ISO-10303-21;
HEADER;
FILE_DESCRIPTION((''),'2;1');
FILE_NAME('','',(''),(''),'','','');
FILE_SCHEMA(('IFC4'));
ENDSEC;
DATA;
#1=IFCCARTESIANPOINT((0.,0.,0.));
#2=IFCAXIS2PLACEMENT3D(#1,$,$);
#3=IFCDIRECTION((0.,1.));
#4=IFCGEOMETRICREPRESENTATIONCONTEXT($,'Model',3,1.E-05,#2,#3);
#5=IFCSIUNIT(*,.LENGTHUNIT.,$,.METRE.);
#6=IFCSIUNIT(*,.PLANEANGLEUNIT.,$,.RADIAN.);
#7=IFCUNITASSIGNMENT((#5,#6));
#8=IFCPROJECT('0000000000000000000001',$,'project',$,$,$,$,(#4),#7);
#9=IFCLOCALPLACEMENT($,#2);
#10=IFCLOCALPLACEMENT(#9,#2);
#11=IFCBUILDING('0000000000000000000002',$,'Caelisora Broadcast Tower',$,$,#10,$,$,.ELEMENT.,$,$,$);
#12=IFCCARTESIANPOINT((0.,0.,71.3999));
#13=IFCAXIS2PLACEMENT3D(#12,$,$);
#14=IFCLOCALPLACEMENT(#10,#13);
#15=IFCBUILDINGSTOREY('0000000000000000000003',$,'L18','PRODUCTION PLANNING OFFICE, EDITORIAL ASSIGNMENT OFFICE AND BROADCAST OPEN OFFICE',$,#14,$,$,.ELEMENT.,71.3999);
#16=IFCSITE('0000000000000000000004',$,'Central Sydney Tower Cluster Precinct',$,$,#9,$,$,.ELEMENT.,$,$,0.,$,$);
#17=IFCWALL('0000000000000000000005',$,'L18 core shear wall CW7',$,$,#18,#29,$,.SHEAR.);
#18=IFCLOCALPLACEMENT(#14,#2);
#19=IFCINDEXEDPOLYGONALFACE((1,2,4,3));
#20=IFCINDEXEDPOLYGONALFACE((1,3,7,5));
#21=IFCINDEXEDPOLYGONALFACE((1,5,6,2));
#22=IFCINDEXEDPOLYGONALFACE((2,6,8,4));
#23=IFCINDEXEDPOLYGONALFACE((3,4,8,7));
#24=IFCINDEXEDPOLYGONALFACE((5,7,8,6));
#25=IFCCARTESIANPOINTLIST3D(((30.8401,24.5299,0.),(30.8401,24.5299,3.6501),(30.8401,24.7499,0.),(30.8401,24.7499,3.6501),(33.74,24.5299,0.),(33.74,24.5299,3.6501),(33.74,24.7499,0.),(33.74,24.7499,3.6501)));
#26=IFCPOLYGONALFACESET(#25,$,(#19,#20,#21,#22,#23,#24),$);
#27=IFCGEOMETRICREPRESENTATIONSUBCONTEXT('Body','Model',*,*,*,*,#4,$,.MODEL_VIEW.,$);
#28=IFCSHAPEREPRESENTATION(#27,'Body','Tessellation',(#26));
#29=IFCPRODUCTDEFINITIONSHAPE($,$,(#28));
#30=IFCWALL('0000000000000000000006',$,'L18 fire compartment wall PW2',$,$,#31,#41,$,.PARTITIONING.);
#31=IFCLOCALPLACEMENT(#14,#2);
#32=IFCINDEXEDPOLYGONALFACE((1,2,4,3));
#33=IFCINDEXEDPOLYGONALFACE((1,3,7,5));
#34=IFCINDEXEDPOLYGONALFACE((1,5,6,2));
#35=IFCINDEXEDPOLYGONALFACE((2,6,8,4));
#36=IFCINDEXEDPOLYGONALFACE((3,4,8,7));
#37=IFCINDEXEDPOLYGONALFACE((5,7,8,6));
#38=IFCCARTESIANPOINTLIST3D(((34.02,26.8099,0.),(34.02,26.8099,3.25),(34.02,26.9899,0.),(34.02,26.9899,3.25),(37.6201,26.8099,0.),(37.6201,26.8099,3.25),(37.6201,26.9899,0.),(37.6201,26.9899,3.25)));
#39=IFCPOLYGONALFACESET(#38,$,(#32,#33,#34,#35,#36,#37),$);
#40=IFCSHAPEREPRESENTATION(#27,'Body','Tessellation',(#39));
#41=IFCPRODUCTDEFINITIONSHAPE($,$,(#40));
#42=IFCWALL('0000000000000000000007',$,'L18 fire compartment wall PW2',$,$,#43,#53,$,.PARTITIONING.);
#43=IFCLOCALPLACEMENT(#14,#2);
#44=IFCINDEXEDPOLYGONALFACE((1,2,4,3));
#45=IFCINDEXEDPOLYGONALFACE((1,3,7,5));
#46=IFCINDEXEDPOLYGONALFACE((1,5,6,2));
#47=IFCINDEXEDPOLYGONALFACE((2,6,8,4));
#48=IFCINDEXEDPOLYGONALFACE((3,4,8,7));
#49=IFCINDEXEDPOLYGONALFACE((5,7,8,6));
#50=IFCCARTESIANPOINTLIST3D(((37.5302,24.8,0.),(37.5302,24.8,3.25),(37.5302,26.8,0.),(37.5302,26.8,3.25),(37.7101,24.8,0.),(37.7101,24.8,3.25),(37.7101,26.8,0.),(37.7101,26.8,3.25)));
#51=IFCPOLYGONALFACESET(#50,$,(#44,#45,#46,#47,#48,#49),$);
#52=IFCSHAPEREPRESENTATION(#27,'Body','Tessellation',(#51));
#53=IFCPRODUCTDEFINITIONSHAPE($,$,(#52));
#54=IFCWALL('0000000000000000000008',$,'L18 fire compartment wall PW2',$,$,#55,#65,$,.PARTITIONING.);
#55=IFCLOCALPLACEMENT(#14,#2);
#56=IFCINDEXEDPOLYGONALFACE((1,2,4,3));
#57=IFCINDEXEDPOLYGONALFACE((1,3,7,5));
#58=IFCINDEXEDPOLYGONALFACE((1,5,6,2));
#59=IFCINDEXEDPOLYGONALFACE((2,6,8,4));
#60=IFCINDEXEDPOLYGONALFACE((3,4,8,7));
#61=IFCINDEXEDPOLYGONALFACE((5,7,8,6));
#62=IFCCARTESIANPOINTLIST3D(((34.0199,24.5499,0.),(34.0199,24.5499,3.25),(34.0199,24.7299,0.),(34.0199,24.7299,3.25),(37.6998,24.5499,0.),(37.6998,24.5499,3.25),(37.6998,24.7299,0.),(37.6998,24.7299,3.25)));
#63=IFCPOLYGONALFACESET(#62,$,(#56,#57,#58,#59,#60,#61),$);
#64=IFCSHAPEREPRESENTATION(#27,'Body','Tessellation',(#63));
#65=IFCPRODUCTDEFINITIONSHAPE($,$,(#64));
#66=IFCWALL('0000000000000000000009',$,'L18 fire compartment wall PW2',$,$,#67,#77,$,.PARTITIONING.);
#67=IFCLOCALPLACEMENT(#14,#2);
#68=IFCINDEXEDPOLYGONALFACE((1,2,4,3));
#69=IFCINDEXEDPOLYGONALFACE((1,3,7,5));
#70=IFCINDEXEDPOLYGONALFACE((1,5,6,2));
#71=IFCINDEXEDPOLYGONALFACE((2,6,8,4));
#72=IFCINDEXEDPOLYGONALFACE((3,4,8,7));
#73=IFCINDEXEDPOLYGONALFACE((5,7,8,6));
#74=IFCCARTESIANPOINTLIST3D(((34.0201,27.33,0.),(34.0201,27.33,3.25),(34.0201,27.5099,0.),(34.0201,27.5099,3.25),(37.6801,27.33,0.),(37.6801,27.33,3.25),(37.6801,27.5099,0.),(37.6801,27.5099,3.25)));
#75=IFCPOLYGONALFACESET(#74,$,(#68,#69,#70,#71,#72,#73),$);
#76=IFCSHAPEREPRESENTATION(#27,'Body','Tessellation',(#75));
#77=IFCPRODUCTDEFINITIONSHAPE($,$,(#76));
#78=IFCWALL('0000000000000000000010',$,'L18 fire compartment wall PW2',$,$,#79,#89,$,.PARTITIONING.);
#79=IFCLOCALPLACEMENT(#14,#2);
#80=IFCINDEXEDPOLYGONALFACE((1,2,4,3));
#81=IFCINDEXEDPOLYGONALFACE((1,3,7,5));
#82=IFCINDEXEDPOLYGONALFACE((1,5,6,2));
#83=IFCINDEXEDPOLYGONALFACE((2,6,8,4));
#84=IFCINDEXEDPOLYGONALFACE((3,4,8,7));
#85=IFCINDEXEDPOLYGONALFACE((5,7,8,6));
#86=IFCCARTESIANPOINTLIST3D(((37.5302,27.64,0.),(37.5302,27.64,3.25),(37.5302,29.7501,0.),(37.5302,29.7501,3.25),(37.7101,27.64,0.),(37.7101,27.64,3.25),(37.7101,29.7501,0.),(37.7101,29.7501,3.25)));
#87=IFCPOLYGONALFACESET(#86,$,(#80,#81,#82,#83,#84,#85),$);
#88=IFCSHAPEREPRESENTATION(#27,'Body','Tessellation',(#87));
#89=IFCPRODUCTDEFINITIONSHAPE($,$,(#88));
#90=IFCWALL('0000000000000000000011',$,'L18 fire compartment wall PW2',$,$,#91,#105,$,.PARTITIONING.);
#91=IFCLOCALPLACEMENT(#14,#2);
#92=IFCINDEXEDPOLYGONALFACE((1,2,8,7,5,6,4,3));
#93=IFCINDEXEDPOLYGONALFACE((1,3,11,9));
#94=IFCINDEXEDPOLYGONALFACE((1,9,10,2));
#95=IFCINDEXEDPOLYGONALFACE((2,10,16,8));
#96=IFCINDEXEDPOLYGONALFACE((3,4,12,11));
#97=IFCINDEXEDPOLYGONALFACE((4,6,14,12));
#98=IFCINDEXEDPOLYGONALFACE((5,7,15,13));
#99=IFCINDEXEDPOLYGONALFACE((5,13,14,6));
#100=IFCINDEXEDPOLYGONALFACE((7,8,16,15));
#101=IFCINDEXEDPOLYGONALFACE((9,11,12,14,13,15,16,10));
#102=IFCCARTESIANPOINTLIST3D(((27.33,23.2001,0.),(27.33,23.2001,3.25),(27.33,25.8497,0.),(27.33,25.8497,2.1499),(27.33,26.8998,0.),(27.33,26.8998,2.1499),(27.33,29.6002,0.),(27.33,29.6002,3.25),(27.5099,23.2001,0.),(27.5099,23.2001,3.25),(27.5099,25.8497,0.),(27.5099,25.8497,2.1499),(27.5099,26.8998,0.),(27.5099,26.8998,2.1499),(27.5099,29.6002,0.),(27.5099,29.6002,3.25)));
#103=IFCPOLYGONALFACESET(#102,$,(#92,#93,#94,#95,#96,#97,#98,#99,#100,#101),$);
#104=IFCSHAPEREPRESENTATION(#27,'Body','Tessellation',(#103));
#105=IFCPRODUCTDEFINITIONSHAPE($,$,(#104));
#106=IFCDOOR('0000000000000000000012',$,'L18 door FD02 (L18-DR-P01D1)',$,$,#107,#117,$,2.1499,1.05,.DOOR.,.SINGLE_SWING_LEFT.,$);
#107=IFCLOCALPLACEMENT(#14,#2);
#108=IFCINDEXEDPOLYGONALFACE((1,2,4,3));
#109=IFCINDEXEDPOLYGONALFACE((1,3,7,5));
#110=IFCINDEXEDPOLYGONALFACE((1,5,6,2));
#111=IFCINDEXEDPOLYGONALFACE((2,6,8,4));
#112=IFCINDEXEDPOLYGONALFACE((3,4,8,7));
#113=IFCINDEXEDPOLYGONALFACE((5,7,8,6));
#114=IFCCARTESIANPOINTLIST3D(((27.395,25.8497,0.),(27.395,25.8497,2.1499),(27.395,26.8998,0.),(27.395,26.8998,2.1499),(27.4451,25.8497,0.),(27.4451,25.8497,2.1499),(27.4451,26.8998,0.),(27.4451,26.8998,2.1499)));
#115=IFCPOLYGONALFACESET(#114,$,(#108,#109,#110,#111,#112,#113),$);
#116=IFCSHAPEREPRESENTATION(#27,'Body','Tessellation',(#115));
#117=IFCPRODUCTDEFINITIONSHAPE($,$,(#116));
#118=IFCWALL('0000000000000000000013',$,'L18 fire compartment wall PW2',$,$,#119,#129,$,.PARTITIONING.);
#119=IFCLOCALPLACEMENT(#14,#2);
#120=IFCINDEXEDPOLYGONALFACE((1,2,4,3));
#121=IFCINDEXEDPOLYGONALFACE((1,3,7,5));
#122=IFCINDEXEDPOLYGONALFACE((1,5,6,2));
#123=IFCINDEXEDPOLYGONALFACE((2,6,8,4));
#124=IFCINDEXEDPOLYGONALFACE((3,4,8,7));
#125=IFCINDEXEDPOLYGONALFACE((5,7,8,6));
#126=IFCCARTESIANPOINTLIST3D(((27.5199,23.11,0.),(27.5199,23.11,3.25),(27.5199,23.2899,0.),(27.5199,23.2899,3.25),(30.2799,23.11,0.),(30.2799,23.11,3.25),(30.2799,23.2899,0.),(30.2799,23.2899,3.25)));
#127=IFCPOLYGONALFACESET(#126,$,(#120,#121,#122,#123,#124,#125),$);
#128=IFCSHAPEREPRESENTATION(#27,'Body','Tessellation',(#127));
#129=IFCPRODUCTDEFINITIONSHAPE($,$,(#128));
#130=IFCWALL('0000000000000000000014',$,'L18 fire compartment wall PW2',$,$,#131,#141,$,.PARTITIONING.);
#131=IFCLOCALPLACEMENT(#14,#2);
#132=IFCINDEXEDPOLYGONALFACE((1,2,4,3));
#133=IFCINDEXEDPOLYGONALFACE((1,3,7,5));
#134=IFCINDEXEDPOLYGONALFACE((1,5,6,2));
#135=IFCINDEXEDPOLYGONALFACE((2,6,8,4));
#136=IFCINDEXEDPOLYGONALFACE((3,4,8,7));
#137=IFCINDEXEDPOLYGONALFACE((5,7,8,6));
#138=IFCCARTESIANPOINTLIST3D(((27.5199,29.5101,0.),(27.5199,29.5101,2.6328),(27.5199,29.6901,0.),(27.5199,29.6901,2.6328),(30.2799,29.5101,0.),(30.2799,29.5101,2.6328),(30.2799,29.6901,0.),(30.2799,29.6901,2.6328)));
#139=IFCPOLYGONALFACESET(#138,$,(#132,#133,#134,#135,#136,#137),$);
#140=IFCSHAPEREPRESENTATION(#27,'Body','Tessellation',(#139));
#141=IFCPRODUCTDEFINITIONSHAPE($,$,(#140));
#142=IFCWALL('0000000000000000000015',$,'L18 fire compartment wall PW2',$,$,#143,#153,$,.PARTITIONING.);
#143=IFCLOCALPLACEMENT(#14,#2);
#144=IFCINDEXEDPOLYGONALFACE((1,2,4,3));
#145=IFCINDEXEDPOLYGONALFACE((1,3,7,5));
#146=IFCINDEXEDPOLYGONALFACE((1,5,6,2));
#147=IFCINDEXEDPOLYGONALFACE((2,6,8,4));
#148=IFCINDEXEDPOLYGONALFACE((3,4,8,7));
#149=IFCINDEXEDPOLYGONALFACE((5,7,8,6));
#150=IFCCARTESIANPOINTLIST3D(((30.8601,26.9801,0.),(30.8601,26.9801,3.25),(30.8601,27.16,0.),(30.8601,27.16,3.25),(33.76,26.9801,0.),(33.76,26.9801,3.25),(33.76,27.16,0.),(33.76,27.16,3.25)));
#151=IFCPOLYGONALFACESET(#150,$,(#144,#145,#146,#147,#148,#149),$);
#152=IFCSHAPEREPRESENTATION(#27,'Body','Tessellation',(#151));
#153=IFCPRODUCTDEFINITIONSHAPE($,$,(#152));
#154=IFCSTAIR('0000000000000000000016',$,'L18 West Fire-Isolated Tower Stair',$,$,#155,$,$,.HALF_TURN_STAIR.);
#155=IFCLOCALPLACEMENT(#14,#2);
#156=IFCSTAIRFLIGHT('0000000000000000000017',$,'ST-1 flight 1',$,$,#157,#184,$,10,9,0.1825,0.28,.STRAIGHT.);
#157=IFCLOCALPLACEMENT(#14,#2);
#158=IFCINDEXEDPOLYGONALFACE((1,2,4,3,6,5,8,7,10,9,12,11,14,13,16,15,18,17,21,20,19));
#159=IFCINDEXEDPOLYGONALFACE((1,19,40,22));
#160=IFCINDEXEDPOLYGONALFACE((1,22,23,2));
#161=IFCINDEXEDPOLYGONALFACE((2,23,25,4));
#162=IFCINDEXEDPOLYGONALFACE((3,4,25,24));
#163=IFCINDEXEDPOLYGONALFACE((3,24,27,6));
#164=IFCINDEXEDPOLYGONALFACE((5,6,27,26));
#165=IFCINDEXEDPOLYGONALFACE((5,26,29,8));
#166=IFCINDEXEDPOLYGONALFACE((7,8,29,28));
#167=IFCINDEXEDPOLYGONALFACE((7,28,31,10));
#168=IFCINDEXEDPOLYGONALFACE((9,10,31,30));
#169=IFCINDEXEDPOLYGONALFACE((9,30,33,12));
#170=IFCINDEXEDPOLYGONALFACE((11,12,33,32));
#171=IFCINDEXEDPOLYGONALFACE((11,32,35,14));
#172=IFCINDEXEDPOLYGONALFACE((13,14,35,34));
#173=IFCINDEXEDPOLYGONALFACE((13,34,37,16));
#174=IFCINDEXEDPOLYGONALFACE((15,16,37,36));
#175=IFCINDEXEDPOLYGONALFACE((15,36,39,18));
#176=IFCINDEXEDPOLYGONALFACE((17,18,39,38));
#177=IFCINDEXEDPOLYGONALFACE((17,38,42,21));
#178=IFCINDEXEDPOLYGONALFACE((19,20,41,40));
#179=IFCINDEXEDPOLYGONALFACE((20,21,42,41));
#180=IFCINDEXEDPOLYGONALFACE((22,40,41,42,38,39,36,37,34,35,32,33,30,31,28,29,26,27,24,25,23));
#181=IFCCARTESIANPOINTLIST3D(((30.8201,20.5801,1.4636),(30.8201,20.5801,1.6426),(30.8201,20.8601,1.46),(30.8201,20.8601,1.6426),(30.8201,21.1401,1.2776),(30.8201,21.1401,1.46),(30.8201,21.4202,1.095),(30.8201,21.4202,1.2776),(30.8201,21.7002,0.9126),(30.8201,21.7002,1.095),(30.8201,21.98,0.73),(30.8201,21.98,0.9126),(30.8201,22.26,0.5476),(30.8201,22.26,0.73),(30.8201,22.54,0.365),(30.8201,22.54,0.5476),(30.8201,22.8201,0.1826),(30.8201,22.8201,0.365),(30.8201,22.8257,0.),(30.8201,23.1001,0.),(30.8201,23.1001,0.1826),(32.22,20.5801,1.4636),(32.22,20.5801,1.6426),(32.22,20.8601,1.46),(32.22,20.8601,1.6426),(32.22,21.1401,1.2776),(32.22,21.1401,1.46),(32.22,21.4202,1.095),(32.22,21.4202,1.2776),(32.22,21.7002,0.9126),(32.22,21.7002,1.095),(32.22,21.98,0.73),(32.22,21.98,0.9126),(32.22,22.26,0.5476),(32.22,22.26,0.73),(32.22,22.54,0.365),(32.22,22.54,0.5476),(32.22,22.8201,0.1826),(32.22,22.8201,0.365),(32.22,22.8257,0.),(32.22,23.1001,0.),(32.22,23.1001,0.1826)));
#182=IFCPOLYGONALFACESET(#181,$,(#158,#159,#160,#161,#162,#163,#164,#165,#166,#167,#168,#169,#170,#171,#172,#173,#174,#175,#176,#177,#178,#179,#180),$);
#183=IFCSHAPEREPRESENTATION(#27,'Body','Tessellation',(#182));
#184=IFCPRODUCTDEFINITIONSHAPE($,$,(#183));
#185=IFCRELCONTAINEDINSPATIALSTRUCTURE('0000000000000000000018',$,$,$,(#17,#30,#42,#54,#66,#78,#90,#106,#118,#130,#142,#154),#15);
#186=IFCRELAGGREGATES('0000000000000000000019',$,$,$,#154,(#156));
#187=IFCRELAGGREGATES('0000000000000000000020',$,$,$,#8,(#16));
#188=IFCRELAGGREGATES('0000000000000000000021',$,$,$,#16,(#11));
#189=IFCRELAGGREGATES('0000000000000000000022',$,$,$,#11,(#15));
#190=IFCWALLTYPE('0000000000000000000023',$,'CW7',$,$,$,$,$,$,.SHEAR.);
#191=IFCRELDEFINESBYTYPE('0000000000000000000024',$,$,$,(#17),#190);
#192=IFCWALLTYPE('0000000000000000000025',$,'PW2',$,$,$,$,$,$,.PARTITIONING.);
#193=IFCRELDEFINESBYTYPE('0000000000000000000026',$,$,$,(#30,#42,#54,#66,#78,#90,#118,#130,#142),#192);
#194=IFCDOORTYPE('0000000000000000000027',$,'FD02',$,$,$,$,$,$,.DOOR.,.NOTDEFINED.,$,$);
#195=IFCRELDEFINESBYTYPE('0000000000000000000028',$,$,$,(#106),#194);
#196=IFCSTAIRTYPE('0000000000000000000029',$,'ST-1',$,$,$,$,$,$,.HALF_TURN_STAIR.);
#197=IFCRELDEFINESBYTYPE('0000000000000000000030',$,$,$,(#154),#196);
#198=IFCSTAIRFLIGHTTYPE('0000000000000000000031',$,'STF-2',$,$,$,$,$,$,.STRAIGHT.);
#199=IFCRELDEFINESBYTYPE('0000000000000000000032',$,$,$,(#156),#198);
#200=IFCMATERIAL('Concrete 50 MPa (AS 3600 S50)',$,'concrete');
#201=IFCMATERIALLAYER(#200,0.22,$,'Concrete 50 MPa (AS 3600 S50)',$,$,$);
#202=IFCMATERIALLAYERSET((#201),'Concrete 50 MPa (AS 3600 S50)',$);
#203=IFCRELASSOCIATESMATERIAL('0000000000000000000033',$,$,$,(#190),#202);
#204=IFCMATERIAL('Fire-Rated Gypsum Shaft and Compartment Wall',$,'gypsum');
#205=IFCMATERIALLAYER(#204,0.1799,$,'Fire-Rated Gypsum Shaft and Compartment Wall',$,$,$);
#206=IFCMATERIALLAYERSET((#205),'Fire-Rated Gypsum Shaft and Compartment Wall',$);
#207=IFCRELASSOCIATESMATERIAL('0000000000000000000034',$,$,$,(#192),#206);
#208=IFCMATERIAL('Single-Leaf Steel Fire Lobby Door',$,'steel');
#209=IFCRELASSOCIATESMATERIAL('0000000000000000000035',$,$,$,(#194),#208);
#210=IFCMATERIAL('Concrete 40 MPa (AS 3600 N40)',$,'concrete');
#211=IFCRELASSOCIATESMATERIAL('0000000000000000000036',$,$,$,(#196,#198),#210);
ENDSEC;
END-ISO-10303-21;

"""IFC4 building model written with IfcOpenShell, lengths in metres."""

from ifc_helpers import new_model, si_unit, direction, frame, frame_2d, origin, place, context, subcontext, project, spatial, polyline, rectangle, outline, extrude, material, layer, layer_set, type_object, element, fill, aggregate, save


model = new_model("IFC4")

# Units and contexts
model_context = context("Model", 3, precision=1e-05, world=origin(), true_north=direction((0.0, 1.0)))
body_context = subcontext(model_context, "Body", "Model", "MODEL_VIEW")
ifc_project = project(units=[si_unit("LENGTHUNIT", "METRE"), si_unit("PLANEANGLEUNIT", "RADIAN")], contexts=[model_context])

# Site, building, storey
site_placement = place(None, origin())
site = spatial("IfcSite", under=ifc_project, at=site_placement, Name="Central Sydney Tower Cluster Precinct", CompositionType="ELEMENT", RefElevation=0.0)
building_placement = place(site_placement, origin())
building = spatial("IfcBuilding", under=site, at=building_placement, Name="Caelisora Broadcast Tower", CompositionType="ELEMENT")
storey_placement = place(building_placement, frame((0.0, 0.0, 71.3999)))
storey = spatial("IfcBuildingStorey", under=building, at=storey_placement, Name="L18", Description="PRODUCTION PLANNING OFFICE, EDITORIAL ASSIGNMENT OFFICE AND BROADCAST OPEN OFFICE", CompositionType="ELEMENT", Elevation=71.3999)

# Shared definitions
ifc_material_1 = material(Name="Concrete 50 MPa (AS 3600 S50)", Category="concrete")

# Walls
ifc_layer_1 = layer(ifc_material_1, 0.22, Name="Concrete 50 MPa (AS 3600 S50)")
ifc_layer_set_1 = layer_set([ifc_layer_1], Name="Concrete 50 MPa (AS 3600 S50)")
wall_type_1 = type_object("IfcWallType", Name="CW7", PredefinedType="SHEAR", material=ifc_layer_set_1)
wall_1_placement = place(storey_placement, frame((30.8401, 24.6399, 0.0), z_axis=(0.0, 0.0, 1.0), x_axis=(1.0, 0.0, 0.0)))
element("IfcWall", 1, at=wall_1_placement, inside=storey, type_object=wall_type_1, Name="L18 core shear wall CW7", PredefinedType="SHEAR", context=body_context, shape_type="SweptSolid", body=[
    extrude(rectangle(XDim=2.8999, YDim=0.22, at=frame_2d((1.45, 0.0))), origin(), (0.0, 0.0, 1.0), 3.6501),
])
ifc_material_2 = material(Name="Fire-Rated Gypsum Shaft and Compartment Wall", Category="gypsum")
ifc_layer_2 = layer(ifc_material_2, 0.1799, Name="Fire-Rated Gypsum Shaft and Compartment Wall")
ifc_layer_set_2 = layer_set([ifc_layer_2], Name="Fire-Rated Gypsum Shaft and Compartment Wall")
wall_type_2 = type_object("IfcWallType", Name="PW2", PredefinedType="PARTITIONING", material=ifc_layer_set_2)
wall_2_placement = place(storey_placement, frame((34.02, 26.8999, 0.0), z_axis=(0.0, 0.0, 1.0), x_axis=(1.0, 0.0, 0.0)))
element("IfcWall", 2, at=wall_2_placement, inside=storey, type_object=wall_type_2, Name="L18 fire compartment wall PW2", PredefinedType="PARTITIONING", context=body_context, shape_type="SweptSolid", body=[
    extrude(rectangle(XDim=3.6001, YDim=0.1799, at=frame_2d((1.8, 0.0))), origin(), (0.0, 0.0, 1.0), 3.25),
])
wall_3_placement = place(storey_placement, frame((37.6201, 24.8, 0.0), z_axis=(0.0, 0.0, 1.0), x_axis=(0.0, 1.0, 0.0)))
element("IfcWall", 3, at=wall_3_placement, inside=storey, type_object=wall_type_2, Name="L18 fire compartment wall PW2", PredefinedType="PARTITIONING", context=body_context, shape_type="SweptSolid", body=[
    extrude(rectangle(XDim=2.0, YDim=0.1799, at=frame_2d((1.0, 0.0))), origin(), (0.0, 0.0, 1.0), 3.25),
])
wall_4_placement = place(storey_placement, frame((34.02, 24.6399, 0.0), z_axis=(0.0, 0.0, 1.0), x_axis=(1.0, 0.0, 0.0)))
element("IfcWall", 4, at=wall_4_placement, inside=storey, type_object=wall_type_2, Name="L18 fire compartment wall PW2", PredefinedType="PARTITIONING", context=body_context, shape_type="SweptSolid", body=[
    extrude(rectangle(XDim=3.6799, YDim=0.1799, at=frame_2d((1.8398, 0.0))), origin(), (0.0, 0.0, 1.0), 3.25),
])
wall_5_placement = place(storey_placement, frame((34.02, 27.4199, 0.0), z_axis=(0.0, 0.0, 1.0), x_axis=(1.0, 0.0, 0.0)))
element("IfcWall", 5, at=wall_5_placement, inside=storey, type_object=wall_type_2, Name="L18 fire compartment wall PW2", PredefinedType="PARTITIONING", context=body_context, shape_type="SweptSolid", body=[
    extrude(rectangle(XDim=3.6599, YDim=0.1799, at=frame_2d((1.8301, 0.0))), origin(), (0.0, 0.0, 1.0), 3.25),
])
wall_6_placement = place(storey_placement, frame((37.6201, 27.6399, 0.0), z_axis=(0.0, 0.0, 1.0), x_axis=(0.0, 1.0, 0.0)))
element("IfcWall", 6, at=wall_6_placement, inside=storey, type_object=wall_type_2, Name="L18 fire compartment wall PW2", PredefinedType="PARTITIONING", context=body_context, shape_type="SweptSolid", body=[
    extrude(rectangle(XDim=2.1101, YDim=0.1799, at=frame_2d((1.0552, 0.0))), origin(), (0.0, 0.0, 1.0), 3.25),
])

# Wall, opening, door
wall_7_placement = place(storey_placement, frame((27.4199, 23.2, 0.0), z_axis=(0.0, 0.0, 1.0), x_axis=(0.0, 1.0, 0.0)))
wall_7 = element("IfcWall", 7, at=wall_7_placement, inside=storey, type_object=wall_type_2, Name="L18 fire compartment wall PW2", PredefinedType="PARTITIONING", context=body_context, shape_type="SweptSolid", body=[
    extrude(rectangle(XDim=6.4001, YDim=0.1799, at=frame_2d((3.2002, 0.0))), origin(), (0.0, 0.0, 1.0), 3.25),
])
opening_placement = place(wall_7_placement, frame((2.6499, 0.0, 0.0)))
opening = element("IfcOpeningElement", 8, at=opening_placement, cuts=wall_7, PredefinedType="OPENING", context=body_context, shape_type="SweptSolid", body=[
    extrude(rectangle(XDim=1.05, YDim=2.1499, at=frame_2d((0.5249, 1.075))), frame((0.0, 0.1021, 0.0), z_axis=(0.0, -1.0, 0.0), x_axis=(1.0, 0.0, 0.0)), (0.0, 0.0, 1.0), 0.2039),
])
ifc_material_3 = material(Name="Single-Leaf Steel Fire Lobby Door", Category="steel")
door_type = type_object("IfcDoorType", Name="FD02", OperationType="NOTDEFINED", PredefinedType="DOOR", material=ifc_material_3)
door_placement = place(opening_placement, origin())
door = element("IfcDoor", 9, at=door_placement, inside=storey, type_object=door_type, Name="L18 door FD02 (L18-DR-P01D1)", OperationType="SINGLE_SWING_LEFT", OverallHeight=2.1499, OverallWidth=1.05, PredefinedType="DOOR", context=body_context, shape_type="SweptSolid", body=[
    extrude(rectangle(XDim=1.05, YDim=2.1499, at=frame_2d((0.5249, 1.075))), frame((0.0, 0.0249, 0.0), z_axis=(0.0, -1.0, 0.0), x_axis=(1.0, 0.0, 0.0)), (0.0, 0.0, 1.0), 0.05),
])
fill(opening, door)

# Walls
wall_8_placement = place(storey_placement, frame((27.52, 23.2, 0.0), z_axis=(0.0, 0.0, 1.0), x_axis=(1.0, 0.0, 0.0)))
element("IfcWall", 10, at=wall_8_placement, inside=storey, type_object=wall_type_2, Name="L18 fire compartment wall PW2", PredefinedType="PARTITIONING", context=body_context, shape_type="SweptSolid", body=[
    extrude(rectangle(XDim=2.76, YDim=0.1799, at=frame_2d((1.3799, 0.0))), origin(), (0.0, 0.0, 1.0), 3.25),
])
wall_9_placement = place(storey_placement, frame((27.52, 29.6001, 0.0), z_axis=(0.0, 0.0, 1.0), x_axis=(1.0, 0.0, 0.0)))
element("IfcWall", 11, at=wall_9_placement, inside=storey, type_object=wall_type_2, Name="L18 fire compartment wall PW2", PredefinedType="PARTITIONING", context=body_context, shape_type="SweptSolid", body=[
    extrude(rectangle(XDim=2.76, YDim=0.1799, at=frame_2d((1.3799, 0.0))), origin(), (0.0, 0.0, 1.0), 2.6328),
])
wall_10_placement = place(storey_placement, frame((30.8601, 27.0701, 0.0), z_axis=(0.0, 0.0, 1.0), x_axis=(1.0, 0.0, 0.0)))
element("IfcWall", 12, at=wall_10_placement, inside=storey, type_object=wall_type_2, Name="L18 fire compartment wall PW2", PredefinedType="PARTITIONING", context=body_context, shape_type="SweptSolid", body=[
    extrude(rectangle(XDim=2.8999, YDim=0.1799, at=frame_2d((1.45, 0.0))), origin(), (0.0, 0.0, 1.0), 3.25),
])

# Stair, stair flight
ifc_material_4 = material(Name="Concrete 40 MPa (AS 3600 N40)", Category="concrete")
stair_type = type_object("IfcStairType", Name="ST-1", PredefinedType="HALF_TURN_STAIR", material=ifc_material_4)
stair_placement = place(storey_placement, origin())
stair = element("IfcStair", 13, at=stair_placement, inside=storey, type_object=stair_type, Name="L18 West Fire-Isolated Tower Stair", PredefinedType="HALF_TURN_STAIR")
stair_flight_type = type_object("IfcStairFlightType", Name="STF-2", PredefinedType="STRAIGHT", material=ifc_material_4)
stair_flight_placement = place(storey_placement, frame((31.52, 23.1001, 0.0), z_axis=(0.0, 0.0, 1.0), x_axis=(0.0, -1.0, 0.0)))
stair_flight = element("IfcStairFlight", 14, at=stair_flight_placement, type_object=stair_flight_type, Name="ST-1 flight 1", NumberOfRisers=10, NumberOfTreads=9, PredefinedType="STRAIGHT", RiserHeight=0.1825, TreadLength=0.28, context=body_context, shape_type="SweptSolid", body=[
    extrude(outline(polyline([(0.0, 0.0), (0.0, 0.1826), (0.28, 0.1826), (0.28, 0.365), (0.5601, 0.365), (0.5601, 0.5476), (0.8401, 0.5476), (0.8401, 0.73), (1.1201, 0.73), (1.1201, 0.9126), (1.3999, 0.9126), (1.3999, 1.095), (1.6799, 1.095), (1.6799, 1.2776), (1.96, 1.2776), (1.96, 1.46), (2.24, 1.46), (2.24, 1.6426), (2.52, 1.6426), (2.52, 1.825), (2.52, 1.4636), (0.2744, 0.0), (0.0, 0.0)])), frame((0.0, 0.7, 0.0), z_axis=(0.0, -1.0, 0.0), x_axis=(1.0, 0.0, 0.0)), (0.0, 0.0, 1.0), 1.3999),
])
aggregate(stair, [stair_flight])

save(model, "model.ifc")
